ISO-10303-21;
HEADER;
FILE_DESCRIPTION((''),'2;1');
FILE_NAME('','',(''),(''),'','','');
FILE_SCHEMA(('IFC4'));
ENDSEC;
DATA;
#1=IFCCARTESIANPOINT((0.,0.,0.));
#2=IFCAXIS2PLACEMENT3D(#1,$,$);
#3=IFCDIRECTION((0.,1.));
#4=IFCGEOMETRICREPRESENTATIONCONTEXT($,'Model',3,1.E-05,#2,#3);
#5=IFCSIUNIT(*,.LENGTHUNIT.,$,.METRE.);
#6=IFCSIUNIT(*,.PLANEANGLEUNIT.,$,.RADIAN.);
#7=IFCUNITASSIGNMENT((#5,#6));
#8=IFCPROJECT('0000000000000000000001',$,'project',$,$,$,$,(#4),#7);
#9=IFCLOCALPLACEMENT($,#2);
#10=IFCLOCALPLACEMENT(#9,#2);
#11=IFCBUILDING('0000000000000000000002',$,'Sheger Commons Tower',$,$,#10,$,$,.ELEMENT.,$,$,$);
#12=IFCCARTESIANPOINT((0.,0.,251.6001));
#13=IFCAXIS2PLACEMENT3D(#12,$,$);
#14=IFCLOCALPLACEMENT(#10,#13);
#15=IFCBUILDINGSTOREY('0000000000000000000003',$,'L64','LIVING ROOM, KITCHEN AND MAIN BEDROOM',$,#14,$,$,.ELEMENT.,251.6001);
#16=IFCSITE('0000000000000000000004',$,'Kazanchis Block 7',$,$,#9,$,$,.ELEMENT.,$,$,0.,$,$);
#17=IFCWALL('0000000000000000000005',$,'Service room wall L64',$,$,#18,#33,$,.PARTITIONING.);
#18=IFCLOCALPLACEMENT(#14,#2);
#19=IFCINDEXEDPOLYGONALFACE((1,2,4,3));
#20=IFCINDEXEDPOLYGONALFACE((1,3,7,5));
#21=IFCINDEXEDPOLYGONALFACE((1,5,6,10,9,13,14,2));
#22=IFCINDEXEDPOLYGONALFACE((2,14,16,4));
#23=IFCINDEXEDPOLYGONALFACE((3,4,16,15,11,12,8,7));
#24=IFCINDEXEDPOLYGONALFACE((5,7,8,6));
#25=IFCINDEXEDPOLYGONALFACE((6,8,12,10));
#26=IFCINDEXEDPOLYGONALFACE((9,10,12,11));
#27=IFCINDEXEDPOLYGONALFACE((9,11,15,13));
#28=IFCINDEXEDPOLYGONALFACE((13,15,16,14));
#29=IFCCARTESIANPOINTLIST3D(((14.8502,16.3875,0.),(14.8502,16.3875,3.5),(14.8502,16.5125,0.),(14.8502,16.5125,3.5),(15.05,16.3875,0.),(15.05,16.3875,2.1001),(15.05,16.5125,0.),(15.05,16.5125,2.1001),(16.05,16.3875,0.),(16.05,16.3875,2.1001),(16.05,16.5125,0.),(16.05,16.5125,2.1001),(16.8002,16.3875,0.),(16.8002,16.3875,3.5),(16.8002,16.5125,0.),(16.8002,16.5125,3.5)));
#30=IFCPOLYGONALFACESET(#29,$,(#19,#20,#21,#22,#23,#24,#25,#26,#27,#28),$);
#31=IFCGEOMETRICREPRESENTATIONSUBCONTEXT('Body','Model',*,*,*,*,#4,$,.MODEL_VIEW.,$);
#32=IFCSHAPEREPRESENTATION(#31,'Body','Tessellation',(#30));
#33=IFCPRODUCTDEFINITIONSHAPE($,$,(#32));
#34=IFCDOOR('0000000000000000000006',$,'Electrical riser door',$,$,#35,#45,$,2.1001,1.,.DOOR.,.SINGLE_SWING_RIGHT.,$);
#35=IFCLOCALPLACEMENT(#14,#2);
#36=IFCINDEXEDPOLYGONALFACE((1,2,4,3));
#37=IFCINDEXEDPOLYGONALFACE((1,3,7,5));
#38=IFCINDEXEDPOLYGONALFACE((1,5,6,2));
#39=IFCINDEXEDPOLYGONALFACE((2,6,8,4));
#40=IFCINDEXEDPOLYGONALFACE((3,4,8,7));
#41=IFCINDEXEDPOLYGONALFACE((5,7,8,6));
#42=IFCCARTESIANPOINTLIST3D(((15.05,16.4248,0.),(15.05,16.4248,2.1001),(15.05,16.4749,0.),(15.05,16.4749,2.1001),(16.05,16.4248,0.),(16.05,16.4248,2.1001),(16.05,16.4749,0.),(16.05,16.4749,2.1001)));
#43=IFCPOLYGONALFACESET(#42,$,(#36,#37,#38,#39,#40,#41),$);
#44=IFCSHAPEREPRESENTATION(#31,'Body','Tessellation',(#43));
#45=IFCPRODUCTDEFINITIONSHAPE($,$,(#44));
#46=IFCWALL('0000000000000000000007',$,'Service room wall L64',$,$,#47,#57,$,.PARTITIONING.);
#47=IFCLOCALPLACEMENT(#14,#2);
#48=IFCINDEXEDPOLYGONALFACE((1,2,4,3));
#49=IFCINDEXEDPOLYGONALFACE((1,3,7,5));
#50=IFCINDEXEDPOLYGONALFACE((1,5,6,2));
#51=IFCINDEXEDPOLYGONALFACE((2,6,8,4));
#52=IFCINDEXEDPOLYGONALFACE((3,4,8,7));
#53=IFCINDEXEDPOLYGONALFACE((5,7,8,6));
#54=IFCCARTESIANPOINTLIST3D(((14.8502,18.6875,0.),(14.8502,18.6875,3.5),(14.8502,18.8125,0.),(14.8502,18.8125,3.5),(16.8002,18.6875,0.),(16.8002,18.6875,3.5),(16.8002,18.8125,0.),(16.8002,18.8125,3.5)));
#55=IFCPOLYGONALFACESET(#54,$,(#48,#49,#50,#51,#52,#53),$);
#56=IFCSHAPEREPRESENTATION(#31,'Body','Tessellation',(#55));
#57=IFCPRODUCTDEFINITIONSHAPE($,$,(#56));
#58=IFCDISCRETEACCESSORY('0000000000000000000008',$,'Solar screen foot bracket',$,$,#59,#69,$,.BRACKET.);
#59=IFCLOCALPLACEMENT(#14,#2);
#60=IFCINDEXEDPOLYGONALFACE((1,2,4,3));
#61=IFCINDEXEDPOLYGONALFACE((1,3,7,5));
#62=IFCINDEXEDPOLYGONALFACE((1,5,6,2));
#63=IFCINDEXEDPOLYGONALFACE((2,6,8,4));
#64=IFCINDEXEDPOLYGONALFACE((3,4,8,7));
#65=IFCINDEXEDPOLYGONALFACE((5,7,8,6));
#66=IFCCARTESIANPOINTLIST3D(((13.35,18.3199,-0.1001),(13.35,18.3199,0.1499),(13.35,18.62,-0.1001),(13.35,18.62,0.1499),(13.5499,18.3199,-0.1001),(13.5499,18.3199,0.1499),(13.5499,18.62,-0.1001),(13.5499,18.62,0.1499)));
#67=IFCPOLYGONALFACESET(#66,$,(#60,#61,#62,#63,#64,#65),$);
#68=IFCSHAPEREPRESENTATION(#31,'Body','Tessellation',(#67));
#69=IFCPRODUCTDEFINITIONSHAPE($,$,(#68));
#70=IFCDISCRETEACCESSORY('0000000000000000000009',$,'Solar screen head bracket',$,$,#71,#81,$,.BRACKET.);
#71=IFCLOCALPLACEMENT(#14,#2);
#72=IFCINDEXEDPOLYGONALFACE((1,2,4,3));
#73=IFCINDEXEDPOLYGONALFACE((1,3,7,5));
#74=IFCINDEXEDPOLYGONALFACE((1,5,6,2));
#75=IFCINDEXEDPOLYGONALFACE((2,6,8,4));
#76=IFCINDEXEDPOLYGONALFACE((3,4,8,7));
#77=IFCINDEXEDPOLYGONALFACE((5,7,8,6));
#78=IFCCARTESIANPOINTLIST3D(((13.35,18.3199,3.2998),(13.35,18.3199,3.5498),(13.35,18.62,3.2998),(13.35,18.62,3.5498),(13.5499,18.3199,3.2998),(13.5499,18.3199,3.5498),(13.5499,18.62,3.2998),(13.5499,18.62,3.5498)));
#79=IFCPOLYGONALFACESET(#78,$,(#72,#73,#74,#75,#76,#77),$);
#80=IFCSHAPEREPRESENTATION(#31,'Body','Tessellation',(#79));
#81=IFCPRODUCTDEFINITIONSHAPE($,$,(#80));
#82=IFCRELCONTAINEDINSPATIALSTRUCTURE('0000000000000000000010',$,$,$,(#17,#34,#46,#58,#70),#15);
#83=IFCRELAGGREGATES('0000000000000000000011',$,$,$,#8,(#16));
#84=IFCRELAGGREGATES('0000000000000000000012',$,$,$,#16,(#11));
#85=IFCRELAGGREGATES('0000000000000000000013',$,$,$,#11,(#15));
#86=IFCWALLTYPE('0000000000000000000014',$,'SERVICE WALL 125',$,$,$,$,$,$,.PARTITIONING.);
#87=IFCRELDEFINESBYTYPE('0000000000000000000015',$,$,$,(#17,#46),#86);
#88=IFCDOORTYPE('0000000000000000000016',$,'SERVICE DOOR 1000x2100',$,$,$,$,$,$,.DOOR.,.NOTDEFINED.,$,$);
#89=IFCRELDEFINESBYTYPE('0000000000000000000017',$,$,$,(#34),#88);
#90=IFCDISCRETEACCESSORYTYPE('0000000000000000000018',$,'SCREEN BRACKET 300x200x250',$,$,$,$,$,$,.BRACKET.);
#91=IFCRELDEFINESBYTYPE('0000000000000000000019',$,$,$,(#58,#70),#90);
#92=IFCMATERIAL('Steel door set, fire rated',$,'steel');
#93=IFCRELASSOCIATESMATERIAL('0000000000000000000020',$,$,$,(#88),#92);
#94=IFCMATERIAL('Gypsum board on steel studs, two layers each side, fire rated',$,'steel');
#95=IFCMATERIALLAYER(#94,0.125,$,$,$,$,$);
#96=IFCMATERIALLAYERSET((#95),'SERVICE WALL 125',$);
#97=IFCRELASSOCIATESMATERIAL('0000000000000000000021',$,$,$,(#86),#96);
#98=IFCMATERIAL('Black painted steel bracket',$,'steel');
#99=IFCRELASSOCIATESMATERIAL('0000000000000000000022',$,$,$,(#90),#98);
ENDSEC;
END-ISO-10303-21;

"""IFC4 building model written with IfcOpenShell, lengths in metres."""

from ifc_helpers import new_model, si_unit, direction, frame, frame_2d, origin, origin_2d, place, context, subcontext, project, spatial, rectangle, extrude, material, layer, layer_set, type_object, element, fill, save


model = new_model("IFC4")

# Units and contexts
model_context = context("Model", 3, precision=1e-05, world=origin(), true_north=direction((0.0, 1.0)))
body_context = subcontext(model_context, "Body", "Model", "MODEL_VIEW")
ifc_project = project(units=[si_unit("LENGTHUNIT", "METRE"), si_unit("PLANEANGLEUNIT", "RADIAN")], contexts=[model_context])

# Site, building, storey
site_placement = place(None, origin())
site = spatial("IfcSite", under=ifc_project, at=site_placement, Name="Kazanchis Block 7", CompositionType="ELEMENT", RefElevation=0.0)
building_placement = place(site_placement, origin())
building = spatial("IfcBuilding", under=site, at=building_placement, Name="Sheger Commons Tower", CompositionType="ELEMENT")
storey_placement = place(building_placement, frame((0.0, 0.0, 251.6001)))
storey = spatial("IfcBuildingStorey", under=building, at=storey_placement, Name="L64", Description="LIVING ROOM, KITCHEN AND MAIN BEDROOM", CompositionType="ELEMENT", Elevation=251.6001)

# Shared definitions
ifc_material_1 = material(Name="Steel door set, fire rated", Category="steel")
door_type_1 = type_object("IfcDoorType", Name="SERVICE DOOR 1000x2100", OperationType="NOTDEFINED", PredefinedType="DOOR", material=ifc_material_1)

# Wall, opening, door
ifc_material_2 = material(Name="Gypsum board on steel studs, two layers each side, fire rated", Category="steel")
ifc_layer_1 = layer(ifc_material_2, 0.125)
ifc_layer_set_1 = layer_set([ifc_layer_1], Name="SERVICE WALL 125")
wall_type_1 = type_object("IfcWallType", Name="SERVICE WALL 125", PredefinedType="PARTITIONING", material=ifc_layer_set_1)
wall_1_placement = place(storey_placement, frame((14.8501, 16.45, 0.0), z_axis=(0.0, 0.0, 1.0), x_axis=(1.0, 0.0, 0.0)))
wall_1 = element("IfcWall", 1, at=wall_1_placement, inside=storey, type_object=wall_type_1, Name="Service room wall L64", PredefinedType="PARTITIONING", context=body_context, shape_type="SweptSolid", body=[
    extrude(rectangle(XDim=1.95, YDim=0.125, at=frame_2d((0.9751, 0.0))), origin(), (0.0, 0.0, 1.0), 3.5),
])
opening_1_placement = place(wall_1_placement, frame((0.2, 0.0, 0.0)))
opening_1 = element("IfcOpeningElement", 2, at=opening_1_placement, cuts=wall_1, PredefinedType="OPENING", context=body_context, shape_type="SweptSolid", body=[
    extrude(rectangle(XDim=1.0, YDim=2.1001, at=frame_2d((0.5, 1.05))), frame((0.0, 0.0725, 0.0), z_axis=(0.0, -1.0, 0.0), x_axis=(1.0, 0.0, 0.0)), (0.0, 0.0, 1.0), 0.145),
])
door_1_placement = place(opening_1_placement, origin())
door_1 = element("IfcDoor", 3, at=door_1_placement, inside=storey, type_object=door_type_1, Name="Electrical riser door", OperationType="SINGLE_SWING_RIGHT", OverallHeight=2.1001, OverallWidth=1.0, PredefinedType="DOOR", context=body_context, shape_type="SweptSolid", body=[
    extrude(rectangle(XDim=1.0, YDim=2.1001, at=frame_2d((0.5, 1.05))), frame((0.0, 0.0249, 0.0), z_axis=(0.0, -1.0, 0.0), x_axis=(1.0, 0.0, 0.0)), (0.0, 0.0, 1.0), 0.05),
])
fill(opening_1, door_1)

# Wall
wall_2_placement = place(storey_placement, frame((14.8501, 18.75, 0.0), z_axis=(0.0, 0.0, 1.0), x_axis=(1.0, 0.0, 0.0)))
element("IfcWall", 4, at=wall_2_placement, inside=storey, type_object=wall_type_1, Name="Service room wall L64", PredefinedType="PARTITIONING", context=body_context, shape_type="SweptSolid", body=[
    extrude(rectangle(XDim=1.95, YDim=0.125, at=frame_2d((0.9751, 0.0))), origin(), (0.0, 0.0, 1.0), 3.5),
])

# Discrete accessories
ifc_material_3 = material(Name="Black painted steel bracket", Category="steel")
discrete_accessory_type = type_object("IfcDiscreteAccessoryType", Name="SCREEN BRACKET 300x200x250", PredefinedType="BRACKET", material=ifc_material_3)
for number, where, z_axis, x_axis, name in (
    (5, (13.45, 18.47, -0.1001), (0.0, 0.0, 1.0), (0.0, -1.0, 0.0), "Solar screen foot bracket"),
    (6, (13.45, 18.47, 3.2998), (0.0, 0.0, 1.0), (0.0, -1.0, 0.0), "Solar screen head bracket"),
):
    element("IfcDiscreteAccessory", number, at=place(storey_placement, frame(where, z_axis=z_axis, x_axis=x_axis)), inside=storey, type_object=discrete_accessory_type, Name=name, PredefinedType="BRACKET", context=body_context, shape_type="SweptSolid", body=[
        extrude(rectangle(XDim=0.3, YDim=0.2, at=origin_2d()), origin(), (0.0, 0.0, 1.0), 0.25),
    ])

save(model, "model.ifc")
